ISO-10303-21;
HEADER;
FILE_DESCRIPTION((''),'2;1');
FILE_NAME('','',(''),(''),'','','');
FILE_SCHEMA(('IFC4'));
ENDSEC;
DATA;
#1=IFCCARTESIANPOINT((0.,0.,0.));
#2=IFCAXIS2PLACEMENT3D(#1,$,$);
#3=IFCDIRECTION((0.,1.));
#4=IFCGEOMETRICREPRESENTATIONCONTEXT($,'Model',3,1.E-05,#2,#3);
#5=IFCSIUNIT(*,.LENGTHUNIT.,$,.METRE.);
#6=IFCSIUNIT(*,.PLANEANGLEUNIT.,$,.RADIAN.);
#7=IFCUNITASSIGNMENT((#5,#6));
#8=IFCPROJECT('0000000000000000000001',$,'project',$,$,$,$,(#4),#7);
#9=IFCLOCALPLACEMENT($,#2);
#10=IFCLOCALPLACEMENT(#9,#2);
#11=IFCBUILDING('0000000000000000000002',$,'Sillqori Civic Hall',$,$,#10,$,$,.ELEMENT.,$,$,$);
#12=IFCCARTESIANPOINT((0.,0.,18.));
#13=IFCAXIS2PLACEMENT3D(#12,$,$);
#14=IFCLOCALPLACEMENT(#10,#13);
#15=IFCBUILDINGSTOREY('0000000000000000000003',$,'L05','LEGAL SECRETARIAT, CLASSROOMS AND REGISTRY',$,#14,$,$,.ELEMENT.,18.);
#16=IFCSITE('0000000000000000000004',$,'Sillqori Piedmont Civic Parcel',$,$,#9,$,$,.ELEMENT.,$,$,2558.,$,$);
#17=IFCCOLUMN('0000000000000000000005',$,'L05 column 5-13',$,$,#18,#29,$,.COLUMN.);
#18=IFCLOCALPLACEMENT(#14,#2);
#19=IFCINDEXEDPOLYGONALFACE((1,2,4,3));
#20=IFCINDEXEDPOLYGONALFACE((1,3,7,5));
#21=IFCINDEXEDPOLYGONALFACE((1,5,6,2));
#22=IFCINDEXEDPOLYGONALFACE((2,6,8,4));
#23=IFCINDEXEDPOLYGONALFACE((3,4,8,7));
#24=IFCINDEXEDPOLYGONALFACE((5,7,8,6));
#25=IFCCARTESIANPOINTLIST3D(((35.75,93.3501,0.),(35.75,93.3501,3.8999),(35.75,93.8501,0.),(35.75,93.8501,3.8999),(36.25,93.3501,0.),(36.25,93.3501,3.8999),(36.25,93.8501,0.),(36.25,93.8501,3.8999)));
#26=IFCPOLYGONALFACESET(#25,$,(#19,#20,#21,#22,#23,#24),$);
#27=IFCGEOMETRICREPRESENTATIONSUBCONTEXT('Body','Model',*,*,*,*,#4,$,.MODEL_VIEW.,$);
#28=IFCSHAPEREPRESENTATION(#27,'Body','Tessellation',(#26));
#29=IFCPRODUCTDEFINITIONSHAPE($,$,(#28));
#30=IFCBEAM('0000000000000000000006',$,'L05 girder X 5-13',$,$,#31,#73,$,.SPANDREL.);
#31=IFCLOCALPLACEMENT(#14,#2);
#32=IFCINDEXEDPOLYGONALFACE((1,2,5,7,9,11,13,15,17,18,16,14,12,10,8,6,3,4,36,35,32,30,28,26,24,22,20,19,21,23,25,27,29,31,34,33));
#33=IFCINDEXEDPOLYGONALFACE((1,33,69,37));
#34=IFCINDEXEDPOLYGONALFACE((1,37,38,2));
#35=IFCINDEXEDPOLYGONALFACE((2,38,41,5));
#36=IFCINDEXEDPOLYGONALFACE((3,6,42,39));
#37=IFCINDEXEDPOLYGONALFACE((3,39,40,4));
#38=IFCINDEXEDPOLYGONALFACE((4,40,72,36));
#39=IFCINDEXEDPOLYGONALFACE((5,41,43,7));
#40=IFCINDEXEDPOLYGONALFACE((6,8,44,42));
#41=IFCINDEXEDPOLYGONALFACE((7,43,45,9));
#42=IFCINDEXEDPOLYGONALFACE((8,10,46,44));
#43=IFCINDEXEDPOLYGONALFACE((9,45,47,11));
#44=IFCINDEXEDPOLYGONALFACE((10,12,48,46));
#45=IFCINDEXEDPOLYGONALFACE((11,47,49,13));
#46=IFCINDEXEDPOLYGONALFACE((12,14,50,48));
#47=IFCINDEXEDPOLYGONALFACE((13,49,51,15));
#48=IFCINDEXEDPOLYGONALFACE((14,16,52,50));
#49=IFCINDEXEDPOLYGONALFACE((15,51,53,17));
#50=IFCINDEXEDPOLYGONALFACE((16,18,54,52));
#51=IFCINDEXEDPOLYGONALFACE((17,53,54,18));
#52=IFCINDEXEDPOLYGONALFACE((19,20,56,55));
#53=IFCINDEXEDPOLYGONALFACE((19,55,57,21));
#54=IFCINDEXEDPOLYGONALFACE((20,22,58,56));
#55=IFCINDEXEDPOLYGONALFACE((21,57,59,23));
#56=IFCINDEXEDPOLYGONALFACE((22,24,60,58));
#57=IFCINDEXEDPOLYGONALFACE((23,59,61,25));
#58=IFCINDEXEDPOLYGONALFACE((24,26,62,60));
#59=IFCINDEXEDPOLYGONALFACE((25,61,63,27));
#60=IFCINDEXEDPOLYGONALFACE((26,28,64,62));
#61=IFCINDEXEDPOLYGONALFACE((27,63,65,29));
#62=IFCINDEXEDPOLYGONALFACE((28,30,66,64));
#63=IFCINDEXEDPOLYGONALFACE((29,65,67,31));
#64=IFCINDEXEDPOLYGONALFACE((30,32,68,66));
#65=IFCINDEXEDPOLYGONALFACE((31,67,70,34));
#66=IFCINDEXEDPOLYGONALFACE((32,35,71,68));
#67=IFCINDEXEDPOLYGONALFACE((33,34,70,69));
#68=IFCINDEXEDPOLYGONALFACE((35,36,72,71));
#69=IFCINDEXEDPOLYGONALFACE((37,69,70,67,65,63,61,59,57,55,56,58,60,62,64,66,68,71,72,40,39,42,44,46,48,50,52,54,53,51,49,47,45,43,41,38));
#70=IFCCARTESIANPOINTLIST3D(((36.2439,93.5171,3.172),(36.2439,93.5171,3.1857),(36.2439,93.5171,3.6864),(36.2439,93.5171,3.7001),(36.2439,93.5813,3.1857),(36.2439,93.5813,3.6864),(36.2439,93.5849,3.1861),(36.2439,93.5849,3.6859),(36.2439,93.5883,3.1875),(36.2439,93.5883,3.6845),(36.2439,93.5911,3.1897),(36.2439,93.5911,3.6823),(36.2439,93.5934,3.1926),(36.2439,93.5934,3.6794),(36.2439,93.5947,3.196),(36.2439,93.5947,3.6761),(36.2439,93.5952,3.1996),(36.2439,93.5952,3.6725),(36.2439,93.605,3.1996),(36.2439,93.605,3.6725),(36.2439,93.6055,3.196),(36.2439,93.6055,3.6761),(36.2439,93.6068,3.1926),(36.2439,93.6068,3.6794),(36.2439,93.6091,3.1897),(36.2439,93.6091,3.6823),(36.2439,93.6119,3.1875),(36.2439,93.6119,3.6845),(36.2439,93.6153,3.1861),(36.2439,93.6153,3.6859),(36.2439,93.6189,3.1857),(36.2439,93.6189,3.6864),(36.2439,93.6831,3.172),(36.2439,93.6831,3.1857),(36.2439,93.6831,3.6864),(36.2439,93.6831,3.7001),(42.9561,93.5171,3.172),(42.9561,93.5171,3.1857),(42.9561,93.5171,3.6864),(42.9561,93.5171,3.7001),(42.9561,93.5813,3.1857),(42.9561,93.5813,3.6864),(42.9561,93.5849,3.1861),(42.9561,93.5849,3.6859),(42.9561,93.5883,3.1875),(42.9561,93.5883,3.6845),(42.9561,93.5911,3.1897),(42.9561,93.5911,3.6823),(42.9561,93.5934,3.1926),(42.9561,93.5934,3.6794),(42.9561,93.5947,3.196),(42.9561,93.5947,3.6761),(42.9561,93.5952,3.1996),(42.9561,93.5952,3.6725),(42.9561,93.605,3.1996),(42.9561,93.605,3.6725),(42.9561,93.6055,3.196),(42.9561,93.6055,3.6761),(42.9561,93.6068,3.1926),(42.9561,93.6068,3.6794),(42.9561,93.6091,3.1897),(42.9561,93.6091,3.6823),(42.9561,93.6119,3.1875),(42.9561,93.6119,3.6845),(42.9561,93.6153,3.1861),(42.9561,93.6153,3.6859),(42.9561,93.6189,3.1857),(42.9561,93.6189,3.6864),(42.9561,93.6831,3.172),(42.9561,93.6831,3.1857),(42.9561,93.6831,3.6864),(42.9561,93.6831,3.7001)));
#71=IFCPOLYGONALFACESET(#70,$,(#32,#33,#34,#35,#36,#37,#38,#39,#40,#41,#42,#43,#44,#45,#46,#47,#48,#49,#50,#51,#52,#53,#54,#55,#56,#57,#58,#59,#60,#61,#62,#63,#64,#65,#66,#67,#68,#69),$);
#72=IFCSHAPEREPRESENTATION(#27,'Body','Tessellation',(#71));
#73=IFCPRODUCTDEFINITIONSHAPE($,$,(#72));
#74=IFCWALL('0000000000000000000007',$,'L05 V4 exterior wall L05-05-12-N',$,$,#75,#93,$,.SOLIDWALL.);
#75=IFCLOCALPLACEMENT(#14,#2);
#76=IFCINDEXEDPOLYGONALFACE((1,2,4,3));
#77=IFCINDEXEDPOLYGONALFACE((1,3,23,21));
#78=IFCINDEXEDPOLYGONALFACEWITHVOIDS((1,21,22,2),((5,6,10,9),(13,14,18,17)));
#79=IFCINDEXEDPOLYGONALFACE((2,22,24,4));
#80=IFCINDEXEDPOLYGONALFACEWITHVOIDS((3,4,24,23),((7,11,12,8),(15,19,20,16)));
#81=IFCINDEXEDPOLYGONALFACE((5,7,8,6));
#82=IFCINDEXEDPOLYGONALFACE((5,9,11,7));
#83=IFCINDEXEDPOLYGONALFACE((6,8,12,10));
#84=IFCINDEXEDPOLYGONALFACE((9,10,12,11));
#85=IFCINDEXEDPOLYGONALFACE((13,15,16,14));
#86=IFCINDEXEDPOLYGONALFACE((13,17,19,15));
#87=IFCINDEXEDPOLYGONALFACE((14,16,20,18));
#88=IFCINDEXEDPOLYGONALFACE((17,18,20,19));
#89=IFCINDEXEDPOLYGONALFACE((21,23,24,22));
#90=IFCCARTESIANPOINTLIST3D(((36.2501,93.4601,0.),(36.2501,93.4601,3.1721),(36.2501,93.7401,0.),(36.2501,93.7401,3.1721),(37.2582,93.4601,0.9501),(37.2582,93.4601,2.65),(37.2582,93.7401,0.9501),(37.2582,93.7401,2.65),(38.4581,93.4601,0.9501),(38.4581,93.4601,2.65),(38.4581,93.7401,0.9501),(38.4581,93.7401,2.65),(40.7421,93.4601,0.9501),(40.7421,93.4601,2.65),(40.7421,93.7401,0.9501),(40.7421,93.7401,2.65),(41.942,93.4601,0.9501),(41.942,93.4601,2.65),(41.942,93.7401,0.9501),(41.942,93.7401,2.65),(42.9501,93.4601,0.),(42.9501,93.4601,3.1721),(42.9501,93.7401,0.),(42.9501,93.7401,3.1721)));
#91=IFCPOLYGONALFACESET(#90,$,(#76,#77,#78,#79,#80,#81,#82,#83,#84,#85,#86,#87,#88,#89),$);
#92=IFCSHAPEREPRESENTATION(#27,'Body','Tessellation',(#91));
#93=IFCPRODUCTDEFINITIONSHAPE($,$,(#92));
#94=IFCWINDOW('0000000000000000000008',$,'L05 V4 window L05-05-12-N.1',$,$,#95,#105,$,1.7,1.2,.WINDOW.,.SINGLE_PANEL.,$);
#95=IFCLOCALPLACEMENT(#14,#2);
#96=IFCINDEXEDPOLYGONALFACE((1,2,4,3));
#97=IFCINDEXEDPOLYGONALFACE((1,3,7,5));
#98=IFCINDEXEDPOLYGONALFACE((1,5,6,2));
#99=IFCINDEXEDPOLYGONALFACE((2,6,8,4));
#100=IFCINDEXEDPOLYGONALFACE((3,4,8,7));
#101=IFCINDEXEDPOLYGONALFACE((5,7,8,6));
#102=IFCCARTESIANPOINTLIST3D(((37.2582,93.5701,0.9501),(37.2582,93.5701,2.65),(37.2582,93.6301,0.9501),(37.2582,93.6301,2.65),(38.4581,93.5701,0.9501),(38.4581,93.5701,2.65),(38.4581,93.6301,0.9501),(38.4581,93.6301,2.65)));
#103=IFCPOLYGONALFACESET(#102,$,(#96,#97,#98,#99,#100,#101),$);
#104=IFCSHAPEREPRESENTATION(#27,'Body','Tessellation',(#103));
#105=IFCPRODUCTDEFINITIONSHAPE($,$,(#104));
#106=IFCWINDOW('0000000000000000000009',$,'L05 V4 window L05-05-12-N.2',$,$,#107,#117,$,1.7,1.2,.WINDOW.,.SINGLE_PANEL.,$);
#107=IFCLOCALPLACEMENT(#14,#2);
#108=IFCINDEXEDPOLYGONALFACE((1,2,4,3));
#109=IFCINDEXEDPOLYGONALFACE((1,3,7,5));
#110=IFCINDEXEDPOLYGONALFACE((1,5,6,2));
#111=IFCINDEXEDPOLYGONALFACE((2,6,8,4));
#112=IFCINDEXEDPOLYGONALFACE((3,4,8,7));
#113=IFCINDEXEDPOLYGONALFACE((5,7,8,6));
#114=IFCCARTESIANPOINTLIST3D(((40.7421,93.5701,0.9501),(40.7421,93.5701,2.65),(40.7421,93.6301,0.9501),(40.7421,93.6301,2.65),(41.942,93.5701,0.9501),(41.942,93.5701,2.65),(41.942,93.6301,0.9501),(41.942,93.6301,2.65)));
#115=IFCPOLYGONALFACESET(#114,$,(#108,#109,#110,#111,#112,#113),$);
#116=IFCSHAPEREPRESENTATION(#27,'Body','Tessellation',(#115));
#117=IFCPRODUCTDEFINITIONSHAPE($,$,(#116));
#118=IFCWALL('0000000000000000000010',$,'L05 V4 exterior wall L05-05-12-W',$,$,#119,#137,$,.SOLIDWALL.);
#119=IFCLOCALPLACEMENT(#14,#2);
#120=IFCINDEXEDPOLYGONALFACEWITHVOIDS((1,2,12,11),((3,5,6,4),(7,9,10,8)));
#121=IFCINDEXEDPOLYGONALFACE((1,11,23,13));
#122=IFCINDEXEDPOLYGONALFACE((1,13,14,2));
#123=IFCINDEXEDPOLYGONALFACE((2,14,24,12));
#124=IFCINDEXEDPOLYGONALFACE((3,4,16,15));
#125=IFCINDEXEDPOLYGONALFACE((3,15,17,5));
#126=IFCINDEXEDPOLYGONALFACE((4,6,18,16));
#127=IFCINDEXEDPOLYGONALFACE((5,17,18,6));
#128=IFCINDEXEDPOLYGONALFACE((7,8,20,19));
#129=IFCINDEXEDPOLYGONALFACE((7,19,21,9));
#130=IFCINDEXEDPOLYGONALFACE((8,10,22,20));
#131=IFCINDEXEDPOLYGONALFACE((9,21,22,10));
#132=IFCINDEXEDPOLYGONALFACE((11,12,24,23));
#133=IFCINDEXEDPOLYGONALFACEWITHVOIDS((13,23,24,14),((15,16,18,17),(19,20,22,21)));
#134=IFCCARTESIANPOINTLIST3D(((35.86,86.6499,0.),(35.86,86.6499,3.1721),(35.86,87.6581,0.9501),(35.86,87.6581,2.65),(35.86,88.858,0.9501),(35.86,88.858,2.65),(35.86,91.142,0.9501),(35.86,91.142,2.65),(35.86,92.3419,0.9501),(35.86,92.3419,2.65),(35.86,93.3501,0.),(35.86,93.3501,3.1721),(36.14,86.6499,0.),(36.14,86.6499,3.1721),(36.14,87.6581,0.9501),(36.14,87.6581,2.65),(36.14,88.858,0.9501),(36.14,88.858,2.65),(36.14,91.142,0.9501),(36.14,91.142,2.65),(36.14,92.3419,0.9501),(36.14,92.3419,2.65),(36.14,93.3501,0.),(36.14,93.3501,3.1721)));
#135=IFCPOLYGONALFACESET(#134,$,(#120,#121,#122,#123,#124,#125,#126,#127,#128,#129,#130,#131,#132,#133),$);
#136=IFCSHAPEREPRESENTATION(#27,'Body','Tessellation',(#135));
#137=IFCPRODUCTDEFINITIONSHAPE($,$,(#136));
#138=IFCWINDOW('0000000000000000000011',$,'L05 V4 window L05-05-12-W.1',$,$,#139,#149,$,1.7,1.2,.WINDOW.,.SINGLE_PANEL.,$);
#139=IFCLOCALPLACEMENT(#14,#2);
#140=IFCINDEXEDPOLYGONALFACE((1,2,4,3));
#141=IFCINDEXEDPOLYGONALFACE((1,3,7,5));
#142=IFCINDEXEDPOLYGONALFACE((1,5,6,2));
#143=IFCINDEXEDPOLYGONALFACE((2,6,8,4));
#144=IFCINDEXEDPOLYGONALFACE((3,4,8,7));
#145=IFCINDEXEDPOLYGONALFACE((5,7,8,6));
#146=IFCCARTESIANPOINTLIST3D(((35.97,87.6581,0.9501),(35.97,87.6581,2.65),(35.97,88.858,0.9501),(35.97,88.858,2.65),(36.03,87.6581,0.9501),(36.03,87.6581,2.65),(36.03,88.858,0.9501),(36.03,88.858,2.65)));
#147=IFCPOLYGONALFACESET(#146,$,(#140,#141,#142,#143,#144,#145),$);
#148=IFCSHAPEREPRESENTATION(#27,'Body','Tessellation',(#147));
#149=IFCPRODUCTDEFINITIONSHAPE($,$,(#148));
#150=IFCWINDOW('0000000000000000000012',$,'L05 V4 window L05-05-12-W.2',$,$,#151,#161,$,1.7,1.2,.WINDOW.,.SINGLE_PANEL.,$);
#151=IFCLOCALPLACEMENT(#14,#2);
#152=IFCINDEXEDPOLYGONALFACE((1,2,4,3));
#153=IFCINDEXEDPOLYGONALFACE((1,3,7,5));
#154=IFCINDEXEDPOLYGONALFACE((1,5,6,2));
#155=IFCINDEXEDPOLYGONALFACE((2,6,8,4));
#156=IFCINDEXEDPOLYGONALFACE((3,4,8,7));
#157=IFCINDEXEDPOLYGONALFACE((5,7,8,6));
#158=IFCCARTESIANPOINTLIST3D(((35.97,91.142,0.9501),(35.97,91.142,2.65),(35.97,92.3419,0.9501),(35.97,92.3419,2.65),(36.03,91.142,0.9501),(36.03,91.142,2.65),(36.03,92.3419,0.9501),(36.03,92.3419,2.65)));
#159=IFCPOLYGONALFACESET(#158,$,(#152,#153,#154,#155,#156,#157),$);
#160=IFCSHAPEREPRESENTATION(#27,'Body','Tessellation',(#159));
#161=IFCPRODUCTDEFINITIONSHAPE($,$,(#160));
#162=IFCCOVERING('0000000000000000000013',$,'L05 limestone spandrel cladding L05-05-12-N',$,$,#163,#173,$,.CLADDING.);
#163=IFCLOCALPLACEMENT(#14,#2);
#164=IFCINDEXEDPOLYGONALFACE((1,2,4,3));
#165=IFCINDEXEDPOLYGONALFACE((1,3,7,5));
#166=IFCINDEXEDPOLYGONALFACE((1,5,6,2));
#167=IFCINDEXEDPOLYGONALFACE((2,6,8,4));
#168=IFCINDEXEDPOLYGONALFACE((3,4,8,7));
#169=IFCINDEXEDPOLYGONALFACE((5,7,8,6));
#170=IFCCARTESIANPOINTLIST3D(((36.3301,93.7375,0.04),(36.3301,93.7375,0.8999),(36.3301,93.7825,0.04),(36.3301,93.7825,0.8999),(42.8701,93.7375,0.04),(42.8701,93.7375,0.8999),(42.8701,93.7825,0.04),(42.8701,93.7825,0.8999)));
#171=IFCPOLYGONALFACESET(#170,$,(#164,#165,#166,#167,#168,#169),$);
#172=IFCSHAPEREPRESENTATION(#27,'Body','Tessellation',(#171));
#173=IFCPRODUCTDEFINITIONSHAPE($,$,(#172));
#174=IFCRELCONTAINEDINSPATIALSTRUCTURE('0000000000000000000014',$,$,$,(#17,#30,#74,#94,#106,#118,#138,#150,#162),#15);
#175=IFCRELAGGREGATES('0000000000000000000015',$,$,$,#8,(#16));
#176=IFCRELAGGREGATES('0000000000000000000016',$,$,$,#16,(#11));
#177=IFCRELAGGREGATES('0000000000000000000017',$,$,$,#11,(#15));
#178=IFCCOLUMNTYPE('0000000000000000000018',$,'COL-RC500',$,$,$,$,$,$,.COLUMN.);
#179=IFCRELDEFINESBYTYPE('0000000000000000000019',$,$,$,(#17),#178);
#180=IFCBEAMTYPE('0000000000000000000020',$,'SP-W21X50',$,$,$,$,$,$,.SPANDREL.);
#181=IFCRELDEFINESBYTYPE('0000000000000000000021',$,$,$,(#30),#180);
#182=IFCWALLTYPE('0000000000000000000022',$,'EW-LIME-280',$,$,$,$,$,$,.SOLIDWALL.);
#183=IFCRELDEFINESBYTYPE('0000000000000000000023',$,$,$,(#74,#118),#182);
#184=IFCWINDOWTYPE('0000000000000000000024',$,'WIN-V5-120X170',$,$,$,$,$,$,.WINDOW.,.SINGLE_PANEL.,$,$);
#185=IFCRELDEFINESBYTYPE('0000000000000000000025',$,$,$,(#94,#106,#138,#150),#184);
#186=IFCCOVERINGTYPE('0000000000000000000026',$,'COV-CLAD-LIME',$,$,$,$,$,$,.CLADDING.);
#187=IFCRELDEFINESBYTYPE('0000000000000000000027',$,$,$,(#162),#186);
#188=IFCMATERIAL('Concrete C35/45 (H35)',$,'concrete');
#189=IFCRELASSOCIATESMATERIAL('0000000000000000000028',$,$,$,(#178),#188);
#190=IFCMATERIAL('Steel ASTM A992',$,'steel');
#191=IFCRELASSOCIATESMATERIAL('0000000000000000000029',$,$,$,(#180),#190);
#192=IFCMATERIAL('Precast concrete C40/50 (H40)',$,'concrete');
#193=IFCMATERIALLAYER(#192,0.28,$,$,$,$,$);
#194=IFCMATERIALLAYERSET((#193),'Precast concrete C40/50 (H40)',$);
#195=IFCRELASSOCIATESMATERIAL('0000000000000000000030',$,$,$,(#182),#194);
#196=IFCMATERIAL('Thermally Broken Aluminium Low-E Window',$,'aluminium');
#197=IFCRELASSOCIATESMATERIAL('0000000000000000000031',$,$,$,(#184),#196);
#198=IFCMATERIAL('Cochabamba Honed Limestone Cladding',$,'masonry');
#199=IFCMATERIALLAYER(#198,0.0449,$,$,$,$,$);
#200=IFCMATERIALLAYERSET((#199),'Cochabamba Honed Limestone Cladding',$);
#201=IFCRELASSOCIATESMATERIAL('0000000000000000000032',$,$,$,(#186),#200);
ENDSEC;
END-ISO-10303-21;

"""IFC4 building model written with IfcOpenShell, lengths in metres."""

from ifc_helpers import new_model, si_unit, direction, frame, frame_2d, origin, origin_2d, place, context, subcontext, project, spatial, rectangle, i_section, extrude, material, layer, layer_set, material_profile, profile_set, type_object, element, fill, save


model = new_model("IFC4")

# Units and contexts
model_context = context("Model", 3, precision=1e-05, world=origin(), true_north=direction((0.0, 1.0)))
body_context = subcontext(model_context, "Body", "Model", "MODEL_VIEW")
ifc_project = project(units=[si_unit("LENGTHUNIT", "METRE"), si_unit("PLANEANGLEUNIT", "RADIAN")], contexts=[model_context])

# Site, building, storey
site_placement = place(None, origin())
site = spatial("IfcSite", under=ifc_project, at=site_placement, Name="Sillqori Piedmont Civic Parcel", CompositionType="ELEMENT", RefElevation=2558.0)
building_placement = place(site_placement, origin())
building = spatial("IfcBuilding", under=site, at=building_placement, Name="Sillqori Civic Hall", CompositionType="ELEMENT")
storey_placement = place(building_placement, frame((0.0, 0.0, 18.0)))
storey = spatial("IfcBuildingStorey", under=building, at=storey_placement, Name="L05", Description="LEGAL SECRETARIAT, CLASSROOMS AND REGISTRY", CompositionType="ELEMENT", Elevation=18.0)

# Column
ifc_material_1 = material(Name="Concrete C35/45 (H35)", Category="concrete")
ifc_material_profile_1 = material_profile(ifc_material_1, rectangle(XDim=0.5, YDim=0.5, at=origin_2d()), Name="RC 500x500")
ifc_profile_set_1 = profile_set([ifc_material_profile_1], Name="Concrete C35/45 (H35)")
column_type = type_object("IfcColumnType", Name="COL-RC500", PredefinedType="COLUMN", material=ifc_profile_set_1)
column_placement = place(storey_placement, frame((36.0, 93.6001, 0.0), z_axis=(0.0, 0.0, 1.0), x_axis=(1.0, 0.0, 0.0)))
element("IfcColumn", 1, at=column_placement, inside=storey, type_object=column_type, Name="L05 column 5-13", PredefinedType="COLUMN", context=body_context, shape_type="SweptSolid", body=[
    extrude(rectangle(XDim=0.5, YDim=0.5, at=origin_2d()), origin(), (0.0, 0.0, 1.0), 3.8999),
])

# Beam
ifc_material_2 = material(Name="Steel ASTM A992", Category="steel")
ifc_material_profile_2 = material_profile(ifc_material_2, i_section(OverallWidth=0.166, OverallDepth=0.5281, WebThickness=0.0098, FlangeThickness=0.0137, FilletRadius=0.0139, at=origin_2d()), Name="W21X50")
ifc_profile_set_2 = profile_set([ifc_material_profile_2], Name="Steel ASTM A992")
beam_type = type_object("IfcBeamType", Name="SP-W21X50", PredefinedType="SPANDREL", material=ifc_profile_set_2)
beam_placement = place(storey_placement, frame((36.2439, 93.6001, 3.436), z_axis=(1.0, 0.0, 0.0), x_axis=(0.0, 1.0, 0.0)))
element("IfcBeam", 2, at=beam_placement, inside=storey, type_object=beam_type, Name="L05 girder X 5-13", PredefinedType="SPANDREL", context=body_context, shape_type="SweptSolid", body=[
    extrude(i_section(OverallWidth=0.166, OverallDepth=0.5281, WebThickness=0.0098, FlangeThickness=0.0137, FilletRadius=0.0139, at=origin_2d()), origin(), (0.0, 0.0, 1.0), 6.7122),
])

# Walls, openings, windows
ifc_material_3 = material(Name="Precast concrete C40/50 (H40)", Category="concrete")
ifc_layer_1 = layer(ifc_material_3, 0.28)
ifc_layer_set_1 = layer_set([ifc_layer_1], Name="Precast concrete C40/50 (H40)")
wall_type = type_object("IfcWallType", Name="EW-LIME-280", PredefinedType="SOLIDWALL", material=ifc_layer_set_1)
wall_1_placement = place(storey_placement, frame((36.25, 93.6001, 0.0), z_axis=(0.0, 0.0, 1.0), x_axis=(1.0, 0.0, 0.0)))
wall_1 = element("IfcWall", 3, at=wall_1_placement, inside=storey, type_object=wall_type, Name="L05 V4 exterior wall L05-05-12-N", PredefinedType="SOLIDWALL", context=body_context, shape_type="SweptSolid", body=[
    extrude(rectangle(XDim=6.7, YDim=0.28, at=frame_2d((3.3501, 0.0))), origin(), (0.0, 0.0, 1.0), 3.1721),
])
opening_1_placement = place(wall_1_placement, frame((1.0081, 0.0, 0.95)))
opening_1 = element("IfcOpeningElement", 4, at=opening_1_placement, cuts=wall_1, PredefinedType="OPENING", context=body_context, shape_type="SweptSolid", body=[
    extrude(rectangle(XDim=1.2, YDim=1.7, at=frame_2d((0.6001, 0.8501))), frame((0.0, 0.1499, 0.0), z_axis=(0.0, -1.0, 0.0), x_axis=(1.0, 0.0, 0.0)), (0.0, 0.0, 1.0), 0.3),
])
opening_2_placement = place(wall_1_placement, frame((4.4919, 0.0, 0.95)))
opening_2 = element("IfcOpeningElement", 5, at=opening_2_placement, cuts=wall_1, PredefinedType="OPENING", context=body_context, shape_type="SweptSolid", body=[
    extrude(rectangle(XDim=1.2, YDim=1.7, at=frame_2d((0.6001, 0.8501))), frame((0.0, 0.1499, 0.0), z_axis=(0.0, -1.0, 0.0), x_axis=(1.0, 0.0, 0.0)), (0.0, 0.0, 1.0), 0.3),
])
ifc_material_4 = material(Name="Thermally Broken Aluminium Low-E Window", Category="aluminium")
window_type = type_object("IfcWindowType", Name="WIN-V5-120X170", PartitioningType="SINGLE_PANEL", PredefinedType="WINDOW", material=ifc_material_4)
window_1_placement = place(opening_1_placement, origin())
window_1 = element("IfcWindow", 6, at=window_1_placement, inside=storey, type_object=window_type, Name="L05 V4 window L05-05-12-N.1", OverallHeight=1.7, OverallWidth=1.2, PartitioningType="SINGLE_PANEL", PredefinedType="WINDOW", context=body_context, shape_type="SweptSolid", body=[
    extrude(rectangle(XDim=1.2, YDim=1.7, at=frame_2d((0.6001, 0.8501))), frame((0.0, 0.03, 0.0), z_axis=(0.0, -1.0, 0.0), x_axis=(1.0, 0.0, 0.0)), (0.0, 0.0, 1.0), 0.0601),
])
fill(opening_1, window_1)
window_2_placement = place(opening_2_placement, origin())
window_2 = element("IfcWindow", 7, at=window_2_placement, inside=storey, type_object=window_type, Name="L05 V4 window L05-05-12-N.2", OverallHeight=1.7, OverallWidth=1.2, PartitioningType="SINGLE_PANEL", PredefinedType="WINDOW", context=body_context, shape_type="SweptSolid", body=[
    extrude(rectangle(XDim=1.2, YDim=1.7, at=frame_2d((0.6001, 0.8501))), frame((0.0, 0.03, 0.0), z_axis=(0.0, -1.0, 0.0), x_axis=(1.0, 0.0, 0.0)), (0.0, 0.0, 1.0), 0.0601),
])
fill(opening_2, window_2)
wall_2_placement = place(storey_placement, frame((36.0, 86.6499, 0.0), z_axis=(0.0, 0.0, 1.0), x_axis=(0.0, 1.0, 0.0)))
wall_2 = element("IfcWall", 8, at=wall_2_placement, inside=storey, type_object=wall_type, Name="L05 V4 exterior wall L05-05-12-W", PredefinedType="SOLIDWALL", context=body_context, shape_type="SweptSolid", body=[
    extrude(rectangle(XDim=6.7002, YDim=0.28, at=frame_2d((3.3501, 0.0))), origin(), (0.0, 0.0, 1.0), 3.1721),
])
opening_3_placement = place(wall_2_placement, frame((1.0081, 0.0, 0.95)))
opening_3 = element("IfcOpeningElement", 9, at=opening_3_placement, cuts=wall_2, PredefinedType="OPENING", context=body_context, shape_type="SweptSolid", body=[
    extrude(rectangle(XDim=1.2, YDim=1.7, at=frame_2d((0.6001, 0.8501))), frame((0.0, 0.1499, 0.0), z_axis=(0.0, -1.0, 0.0), x_axis=(1.0, 0.0, 0.0)), (0.0, 0.0, 1.0), 0.3),
])
opening_4_placement = place(wall_2_placement, frame((4.4919, 0.0, 0.95)))
opening_4 = element("IfcOpeningElement", 10, at=opening_4_placement, cuts=wall_2, PredefinedType="OPENING", context=body_context, shape_type="SweptSolid", body=[
    extrude(rectangle(XDim=1.2, YDim=1.7, at=frame_2d((0.6001, 0.8501))), frame((0.0, 0.1499, 0.0), z_axis=(0.0, -1.0, 0.0), x_axis=(1.0, 0.0, 0.0)), (0.0, 0.0, 1.0), 0.3),
])
window_3_placement = place(opening_3_placement, origin())
window_3 = element("IfcWindow", 11, at=window_3_placement, inside=storey, type_object=window_type, Name="L05 V4 window L05-05-12-W.1", OverallHeight=1.7, OverallWidth=1.2, PartitioningType="SINGLE_PANEL", PredefinedType="WINDOW", context=body_context, shape_type="SweptSolid", body=[
    extrude(rectangle(XDim=1.2, YDim=1.7, at=frame_2d((0.6001, 0.8501))), frame((0.0, 0.03, 0.0), z_axis=(0.0, -1.0, 0.0), x_axis=(1.0, 0.0, 0.0)), (0.0, 0.0, 1.0), 0.0601),
])
fill(opening_3, window_3)
window_4_placement = place(opening_4_placement, origin())
window_4 = element("IfcWindow", 12, at=window_4_placement, inside=storey, type_object=window_type, Name="L05 V4 window L05-05-12-W.2", OverallHeight=1.7, OverallWidth=1.2, PartitioningType="SINGLE_PANEL", PredefinedType="WINDOW", context=body_context, shape_type="SweptSolid", body=[
    extrude(rectangle(XDim=1.2, YDim=1.7, at=frame_2d((0.6001, 0.8501))), frame((0.0, 0.03, 0.0), z_axis=(0.0, -1.0, 0.0), x_axis=(1.0, 0.0, 0.0)), (0.0, 0.0, 1.0), 0.0601),
])
fill(opening_4, window_4)

# Covering
ifc_material_5 = material(Name="Cochabamba Honed Limestone Cladding", Category="masonry")
ifc_layer_2 = layer(ifc_material_5, 0.0449)
ifc_layer_set_2 = layer_set([ifc_layer_2], Name="Cochabamba Honed Limestone Cladding")
covering_type = type_object("IfcCoveringType", Name="COV-CLAD-LIME", PredefinedType="CLADDING", material=ifc_layer_set_2)
covering_1_placement = place(storey_placement, frame((36.3301, 93.76, 0.04), z_axis=(0.0, 0.0, 1.0), x_axis=(1.0, 0.0, 0.0)))
element("IfcCovering", 13, at=covering_1_placement, inside=storey, type_object=covering_type, Name="L05 limestone spandrel cladding L05-05-12-N", PredefinedType="CLADDING", context=body_context, shape_type="SweptSolid", body=[
    extrude(rectangle(XDim=6.54, YDim=0.0449, at=frame_2d((3.27, 0.0))), origin(), (0.0, 0.0, 1.0), 0.8599),
])

save(model, "model.ifc")
